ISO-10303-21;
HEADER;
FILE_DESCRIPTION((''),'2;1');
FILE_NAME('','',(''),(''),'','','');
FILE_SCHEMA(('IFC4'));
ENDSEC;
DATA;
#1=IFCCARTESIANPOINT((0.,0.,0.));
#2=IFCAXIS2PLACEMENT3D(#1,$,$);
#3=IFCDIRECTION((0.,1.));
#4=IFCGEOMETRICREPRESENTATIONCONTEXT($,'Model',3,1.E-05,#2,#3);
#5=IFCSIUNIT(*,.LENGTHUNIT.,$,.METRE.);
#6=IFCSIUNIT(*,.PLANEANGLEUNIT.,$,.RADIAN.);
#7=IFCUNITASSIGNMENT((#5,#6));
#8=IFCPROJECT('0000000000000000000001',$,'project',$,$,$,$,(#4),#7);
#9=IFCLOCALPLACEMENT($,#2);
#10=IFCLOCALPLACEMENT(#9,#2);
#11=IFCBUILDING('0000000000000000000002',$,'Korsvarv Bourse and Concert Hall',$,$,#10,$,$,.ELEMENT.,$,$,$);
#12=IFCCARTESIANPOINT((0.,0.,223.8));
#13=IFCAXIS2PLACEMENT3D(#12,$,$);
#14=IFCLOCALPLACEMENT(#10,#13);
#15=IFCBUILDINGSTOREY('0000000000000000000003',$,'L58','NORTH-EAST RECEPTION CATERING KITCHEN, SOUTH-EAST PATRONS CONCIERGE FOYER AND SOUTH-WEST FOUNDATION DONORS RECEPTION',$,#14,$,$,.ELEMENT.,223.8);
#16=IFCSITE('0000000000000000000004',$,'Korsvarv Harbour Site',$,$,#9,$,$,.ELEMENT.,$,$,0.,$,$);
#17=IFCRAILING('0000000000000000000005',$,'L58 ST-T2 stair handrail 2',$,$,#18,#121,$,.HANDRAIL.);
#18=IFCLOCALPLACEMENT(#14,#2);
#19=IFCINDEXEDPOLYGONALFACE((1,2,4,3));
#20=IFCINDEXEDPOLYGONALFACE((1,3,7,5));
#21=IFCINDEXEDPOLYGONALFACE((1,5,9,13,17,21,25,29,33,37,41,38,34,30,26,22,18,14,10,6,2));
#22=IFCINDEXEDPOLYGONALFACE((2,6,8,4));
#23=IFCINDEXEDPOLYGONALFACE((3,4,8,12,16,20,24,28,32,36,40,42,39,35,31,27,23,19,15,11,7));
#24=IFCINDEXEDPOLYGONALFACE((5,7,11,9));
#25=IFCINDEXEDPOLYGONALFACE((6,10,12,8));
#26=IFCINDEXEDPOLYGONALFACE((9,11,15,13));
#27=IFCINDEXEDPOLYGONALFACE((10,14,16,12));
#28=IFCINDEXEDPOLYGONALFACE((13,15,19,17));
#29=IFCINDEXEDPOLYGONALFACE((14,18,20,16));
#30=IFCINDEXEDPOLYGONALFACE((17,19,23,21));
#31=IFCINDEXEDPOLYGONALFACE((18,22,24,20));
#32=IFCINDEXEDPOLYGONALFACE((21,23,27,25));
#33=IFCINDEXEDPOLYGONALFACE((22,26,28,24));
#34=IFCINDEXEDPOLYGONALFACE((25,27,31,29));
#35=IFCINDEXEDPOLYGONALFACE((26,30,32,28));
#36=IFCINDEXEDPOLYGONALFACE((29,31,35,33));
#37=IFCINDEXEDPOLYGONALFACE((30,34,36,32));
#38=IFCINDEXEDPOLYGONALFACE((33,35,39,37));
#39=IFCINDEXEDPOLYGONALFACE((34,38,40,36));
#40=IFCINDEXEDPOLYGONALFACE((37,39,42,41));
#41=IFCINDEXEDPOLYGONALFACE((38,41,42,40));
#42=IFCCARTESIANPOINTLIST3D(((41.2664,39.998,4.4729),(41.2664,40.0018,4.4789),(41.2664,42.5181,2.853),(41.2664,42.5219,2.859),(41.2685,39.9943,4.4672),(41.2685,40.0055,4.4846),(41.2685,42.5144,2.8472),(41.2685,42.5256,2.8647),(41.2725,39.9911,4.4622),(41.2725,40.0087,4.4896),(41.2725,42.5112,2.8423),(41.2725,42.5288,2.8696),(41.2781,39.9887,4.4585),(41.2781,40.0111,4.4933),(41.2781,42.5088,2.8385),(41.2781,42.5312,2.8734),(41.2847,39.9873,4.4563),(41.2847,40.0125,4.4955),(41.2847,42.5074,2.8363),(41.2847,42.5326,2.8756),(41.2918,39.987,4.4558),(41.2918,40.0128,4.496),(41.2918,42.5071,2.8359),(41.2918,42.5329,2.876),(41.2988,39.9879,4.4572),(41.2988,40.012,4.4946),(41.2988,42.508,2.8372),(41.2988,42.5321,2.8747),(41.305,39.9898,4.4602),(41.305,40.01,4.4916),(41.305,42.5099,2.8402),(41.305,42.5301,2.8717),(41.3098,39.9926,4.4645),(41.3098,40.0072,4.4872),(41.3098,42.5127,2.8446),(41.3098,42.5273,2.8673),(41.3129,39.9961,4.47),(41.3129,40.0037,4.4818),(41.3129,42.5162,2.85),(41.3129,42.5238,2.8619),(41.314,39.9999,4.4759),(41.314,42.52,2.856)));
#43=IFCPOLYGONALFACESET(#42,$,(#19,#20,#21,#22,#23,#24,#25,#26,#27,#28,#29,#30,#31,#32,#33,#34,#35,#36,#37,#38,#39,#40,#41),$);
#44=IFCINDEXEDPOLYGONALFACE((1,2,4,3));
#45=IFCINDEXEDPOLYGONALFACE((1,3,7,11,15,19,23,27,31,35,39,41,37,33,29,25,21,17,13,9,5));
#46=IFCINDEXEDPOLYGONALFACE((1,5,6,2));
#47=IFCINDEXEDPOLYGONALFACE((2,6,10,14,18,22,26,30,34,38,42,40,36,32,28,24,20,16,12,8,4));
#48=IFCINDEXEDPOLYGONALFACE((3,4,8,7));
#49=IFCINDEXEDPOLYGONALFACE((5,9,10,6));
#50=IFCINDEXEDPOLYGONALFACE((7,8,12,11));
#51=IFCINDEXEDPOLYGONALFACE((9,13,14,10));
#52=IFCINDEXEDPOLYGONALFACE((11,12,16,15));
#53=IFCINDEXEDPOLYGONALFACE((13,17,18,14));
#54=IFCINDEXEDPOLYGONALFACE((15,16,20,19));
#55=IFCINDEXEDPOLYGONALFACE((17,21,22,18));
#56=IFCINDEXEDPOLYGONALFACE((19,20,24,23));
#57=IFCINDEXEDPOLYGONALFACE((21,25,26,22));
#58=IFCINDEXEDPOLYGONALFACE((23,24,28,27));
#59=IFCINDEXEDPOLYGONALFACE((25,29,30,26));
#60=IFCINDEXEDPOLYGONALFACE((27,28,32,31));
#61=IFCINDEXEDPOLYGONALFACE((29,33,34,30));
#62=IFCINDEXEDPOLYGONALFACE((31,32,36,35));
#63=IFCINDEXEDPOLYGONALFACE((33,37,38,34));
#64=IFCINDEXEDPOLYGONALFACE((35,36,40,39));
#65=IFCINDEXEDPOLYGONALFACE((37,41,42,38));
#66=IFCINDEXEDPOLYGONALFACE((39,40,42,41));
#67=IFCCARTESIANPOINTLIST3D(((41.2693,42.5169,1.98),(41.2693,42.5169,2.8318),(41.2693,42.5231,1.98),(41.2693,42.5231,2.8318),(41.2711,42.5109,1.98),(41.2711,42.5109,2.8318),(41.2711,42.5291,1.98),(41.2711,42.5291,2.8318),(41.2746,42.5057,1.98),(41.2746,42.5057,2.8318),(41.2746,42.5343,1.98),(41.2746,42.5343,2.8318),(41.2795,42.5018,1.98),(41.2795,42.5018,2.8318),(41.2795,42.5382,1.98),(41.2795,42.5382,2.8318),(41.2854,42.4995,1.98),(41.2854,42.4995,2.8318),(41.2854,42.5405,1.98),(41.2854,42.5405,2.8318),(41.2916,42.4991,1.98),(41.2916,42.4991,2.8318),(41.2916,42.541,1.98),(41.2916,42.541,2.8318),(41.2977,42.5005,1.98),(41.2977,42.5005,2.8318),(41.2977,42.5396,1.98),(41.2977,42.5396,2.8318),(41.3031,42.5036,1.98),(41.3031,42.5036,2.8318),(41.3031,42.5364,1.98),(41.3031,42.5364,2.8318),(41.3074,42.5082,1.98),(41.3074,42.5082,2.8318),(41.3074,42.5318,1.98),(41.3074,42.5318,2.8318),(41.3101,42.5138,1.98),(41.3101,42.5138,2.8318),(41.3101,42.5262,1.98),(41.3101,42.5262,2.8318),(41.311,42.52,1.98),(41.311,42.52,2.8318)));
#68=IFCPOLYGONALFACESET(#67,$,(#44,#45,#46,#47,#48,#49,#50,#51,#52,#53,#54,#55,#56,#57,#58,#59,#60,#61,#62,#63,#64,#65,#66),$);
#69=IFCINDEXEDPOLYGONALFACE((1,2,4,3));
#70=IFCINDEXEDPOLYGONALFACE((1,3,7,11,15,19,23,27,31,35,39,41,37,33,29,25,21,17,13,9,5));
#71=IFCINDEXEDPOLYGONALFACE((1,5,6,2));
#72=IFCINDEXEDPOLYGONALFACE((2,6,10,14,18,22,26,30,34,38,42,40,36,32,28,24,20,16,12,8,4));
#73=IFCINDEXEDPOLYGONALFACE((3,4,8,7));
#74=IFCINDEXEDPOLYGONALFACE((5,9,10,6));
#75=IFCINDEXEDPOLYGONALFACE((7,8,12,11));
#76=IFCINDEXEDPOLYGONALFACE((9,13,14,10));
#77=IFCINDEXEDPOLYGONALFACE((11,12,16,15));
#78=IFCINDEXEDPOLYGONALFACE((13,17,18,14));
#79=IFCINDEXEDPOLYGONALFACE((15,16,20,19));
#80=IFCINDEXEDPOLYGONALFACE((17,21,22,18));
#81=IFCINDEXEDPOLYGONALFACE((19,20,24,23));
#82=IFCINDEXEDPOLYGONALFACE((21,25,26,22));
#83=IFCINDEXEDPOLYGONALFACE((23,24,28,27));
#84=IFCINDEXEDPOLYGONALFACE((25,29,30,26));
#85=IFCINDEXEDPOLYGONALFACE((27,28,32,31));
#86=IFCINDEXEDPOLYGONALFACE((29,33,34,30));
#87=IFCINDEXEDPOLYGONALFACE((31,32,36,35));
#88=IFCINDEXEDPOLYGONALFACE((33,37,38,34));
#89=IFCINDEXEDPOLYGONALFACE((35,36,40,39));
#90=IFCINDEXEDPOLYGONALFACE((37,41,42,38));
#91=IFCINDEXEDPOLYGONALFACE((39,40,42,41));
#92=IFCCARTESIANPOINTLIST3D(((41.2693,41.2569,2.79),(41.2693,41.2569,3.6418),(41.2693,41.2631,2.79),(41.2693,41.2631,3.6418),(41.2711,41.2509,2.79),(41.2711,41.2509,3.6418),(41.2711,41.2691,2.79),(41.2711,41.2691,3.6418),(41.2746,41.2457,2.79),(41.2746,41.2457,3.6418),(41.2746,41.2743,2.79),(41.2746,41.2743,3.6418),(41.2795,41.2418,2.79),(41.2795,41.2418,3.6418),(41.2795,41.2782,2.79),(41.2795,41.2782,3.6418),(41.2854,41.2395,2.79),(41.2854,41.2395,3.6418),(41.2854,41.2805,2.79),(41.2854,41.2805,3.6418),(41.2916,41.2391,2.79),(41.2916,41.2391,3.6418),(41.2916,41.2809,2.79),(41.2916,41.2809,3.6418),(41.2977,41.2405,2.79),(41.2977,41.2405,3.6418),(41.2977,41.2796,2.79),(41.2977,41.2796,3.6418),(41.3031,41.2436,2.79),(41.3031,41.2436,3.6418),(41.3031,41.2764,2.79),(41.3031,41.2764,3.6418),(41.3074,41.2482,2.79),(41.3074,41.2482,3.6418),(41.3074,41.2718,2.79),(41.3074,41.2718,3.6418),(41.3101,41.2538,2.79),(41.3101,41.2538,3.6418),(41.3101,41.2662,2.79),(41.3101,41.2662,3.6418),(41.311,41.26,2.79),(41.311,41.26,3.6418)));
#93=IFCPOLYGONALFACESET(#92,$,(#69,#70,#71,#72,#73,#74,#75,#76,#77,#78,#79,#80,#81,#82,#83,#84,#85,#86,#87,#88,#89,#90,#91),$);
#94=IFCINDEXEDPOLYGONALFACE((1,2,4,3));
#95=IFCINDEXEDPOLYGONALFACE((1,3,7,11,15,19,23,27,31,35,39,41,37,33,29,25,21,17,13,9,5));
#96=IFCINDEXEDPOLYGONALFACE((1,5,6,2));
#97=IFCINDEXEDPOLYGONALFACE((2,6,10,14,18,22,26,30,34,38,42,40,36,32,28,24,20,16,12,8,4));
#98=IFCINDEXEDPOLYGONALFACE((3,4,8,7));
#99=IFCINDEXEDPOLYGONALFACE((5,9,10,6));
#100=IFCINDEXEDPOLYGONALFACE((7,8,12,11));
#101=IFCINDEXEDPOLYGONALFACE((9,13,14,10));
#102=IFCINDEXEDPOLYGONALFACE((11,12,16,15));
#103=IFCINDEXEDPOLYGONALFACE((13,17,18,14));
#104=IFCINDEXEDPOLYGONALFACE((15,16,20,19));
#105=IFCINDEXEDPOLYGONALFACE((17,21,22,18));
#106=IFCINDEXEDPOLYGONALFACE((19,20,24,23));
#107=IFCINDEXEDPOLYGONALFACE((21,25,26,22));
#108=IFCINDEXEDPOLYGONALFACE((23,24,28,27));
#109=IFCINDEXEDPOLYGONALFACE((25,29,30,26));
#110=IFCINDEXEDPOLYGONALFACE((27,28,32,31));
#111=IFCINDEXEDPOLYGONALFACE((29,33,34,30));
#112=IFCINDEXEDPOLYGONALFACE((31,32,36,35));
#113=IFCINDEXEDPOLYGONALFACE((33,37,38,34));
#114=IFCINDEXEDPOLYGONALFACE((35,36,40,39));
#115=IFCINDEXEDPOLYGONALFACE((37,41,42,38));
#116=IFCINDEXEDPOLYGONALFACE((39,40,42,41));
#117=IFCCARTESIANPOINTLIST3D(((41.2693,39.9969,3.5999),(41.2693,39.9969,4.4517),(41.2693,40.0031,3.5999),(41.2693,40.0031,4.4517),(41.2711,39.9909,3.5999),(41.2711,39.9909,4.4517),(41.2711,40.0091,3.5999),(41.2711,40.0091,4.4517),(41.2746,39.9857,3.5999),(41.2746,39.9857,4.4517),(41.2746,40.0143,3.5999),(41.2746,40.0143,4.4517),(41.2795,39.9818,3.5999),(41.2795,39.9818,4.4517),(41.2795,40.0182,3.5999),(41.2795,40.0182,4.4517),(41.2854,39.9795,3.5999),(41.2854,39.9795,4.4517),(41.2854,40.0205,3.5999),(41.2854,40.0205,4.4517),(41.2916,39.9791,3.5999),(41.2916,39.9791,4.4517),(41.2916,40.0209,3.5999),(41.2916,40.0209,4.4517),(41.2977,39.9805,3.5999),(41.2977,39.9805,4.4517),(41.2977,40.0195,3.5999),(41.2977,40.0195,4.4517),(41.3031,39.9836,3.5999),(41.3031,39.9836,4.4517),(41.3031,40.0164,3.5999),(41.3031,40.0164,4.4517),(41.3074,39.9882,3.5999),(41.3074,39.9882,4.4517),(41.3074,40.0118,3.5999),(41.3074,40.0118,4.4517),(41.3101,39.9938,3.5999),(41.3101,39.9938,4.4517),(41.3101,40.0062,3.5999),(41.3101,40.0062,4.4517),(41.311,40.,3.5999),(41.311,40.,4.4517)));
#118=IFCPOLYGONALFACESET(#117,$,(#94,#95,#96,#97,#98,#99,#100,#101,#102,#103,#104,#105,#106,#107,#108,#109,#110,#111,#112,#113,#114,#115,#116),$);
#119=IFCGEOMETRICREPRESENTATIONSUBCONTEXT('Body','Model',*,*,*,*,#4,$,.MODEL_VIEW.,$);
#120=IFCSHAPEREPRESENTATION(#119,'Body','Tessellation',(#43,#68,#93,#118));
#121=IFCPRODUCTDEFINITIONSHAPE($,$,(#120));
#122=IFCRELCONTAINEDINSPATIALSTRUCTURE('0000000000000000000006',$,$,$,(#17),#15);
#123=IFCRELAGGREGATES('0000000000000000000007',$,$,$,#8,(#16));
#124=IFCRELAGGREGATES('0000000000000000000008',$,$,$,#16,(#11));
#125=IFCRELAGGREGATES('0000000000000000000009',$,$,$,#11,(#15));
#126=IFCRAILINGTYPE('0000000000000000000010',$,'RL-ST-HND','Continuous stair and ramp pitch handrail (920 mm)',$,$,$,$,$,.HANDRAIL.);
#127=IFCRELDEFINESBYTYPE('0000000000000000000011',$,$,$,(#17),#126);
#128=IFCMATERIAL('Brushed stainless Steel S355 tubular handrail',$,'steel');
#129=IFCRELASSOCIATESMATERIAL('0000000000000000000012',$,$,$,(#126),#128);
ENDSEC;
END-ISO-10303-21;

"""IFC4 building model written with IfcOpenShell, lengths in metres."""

from ifc_helpers import new_model, si_unit, direction, frame, origin, origin_2d, place, context, subcontext, project, spatial, circle, extrude, material, type_object, element, save


model = new_model("IFC4")

# Units and contexts
model_context = context("Model", 3, precision=1e-05, world=origin(), true_north=direction((0.0, 1.0)))
body_context = subcontext(model_context, "Body", "Model", "MODEL_VIEW")
ifc_project = project(units=[si_unit("LENGTHUNIT", "METRE"), si_unit("PLANEANGLEUNIT", "RADIAN")], contexts=[model_context])

# Site, building, storey
site_placement = place(None, origin())
site = spatial("IfcSite", under=ifc_project, at=site_placement, Name="Korsvarv Harbour Site", CompositionType="ELEMENT", RefElevation=0.0)
building_placement = place(site_placement, origin())
building = spatial("IfcBuilding", under=site, at=building_placement, Name="Korsvarv Bourse and Concert Hall", CompositionType="ELEMENT")
storey_placement = place(building_placement, frame((0.0, 0.0, 223.8)))
storey = spatial("IfcBuildingStorey", under=building, at=storey_placement, Name="L58", Description="NORTH-EAST RECEPTION CATERING KITCHEN, SOUTH-EAST PATRONS CONCIERGE FOYER AND SOUTH-WEST FOUNDATION DONORS RECEPTION", CompositionType="ELEMENT", Elevation=223.8)

# Railing
ifc_material_1 = material(Name="Brushed stainless Steel S355 tubular handrail", Category="steel")
railing_type_1 = type_object("IfcRailingType", Name="RL-ST-HND", Description="Continuous stair and ramp pitch handrail (920 mm)", PredefinedType="HANDRAIL", material=ifc_material_1)
railing_1_placement = place(storey_placement, frame((41.29, 42.52, 1.98)))
element("IfcRailing", 1, at=railing_1_placement, inside=storey, type_object=railing_type_1, Name="L58 ST-T2 stair handrail 2", PredefinedType="HANDRAIL", context=body_context, shape_type="SweptSolid", body=[
    extrude(circle(Radius=0.0239, at=origin_2d()), frame((0.0, 0.0, 0.876), z_axis=(0.0, -0.8412, 0.540725), x_axis=(1.0, 0.0, 0.0)), (0.0, 0.0, 1.0), 2.9958),
    extrude(circle(Radius=0.021, at=origin_2d()), origin(), (0.0, 0.0, 1.0), 0.8518),
    extrude(circle(Radius=0.021, at=origin_2d()), frame((0.0, -1.26, 0.8101)), (0.0, 0.0, 1.0), 0.8518),
    extrude(circle(Radius=0.021, at=origin_2d()), frame((0.0, -2.52, 1.6199)), (0.0, 0.0, 1.0), 0.8518),
])

save(model, "model.ifc")
